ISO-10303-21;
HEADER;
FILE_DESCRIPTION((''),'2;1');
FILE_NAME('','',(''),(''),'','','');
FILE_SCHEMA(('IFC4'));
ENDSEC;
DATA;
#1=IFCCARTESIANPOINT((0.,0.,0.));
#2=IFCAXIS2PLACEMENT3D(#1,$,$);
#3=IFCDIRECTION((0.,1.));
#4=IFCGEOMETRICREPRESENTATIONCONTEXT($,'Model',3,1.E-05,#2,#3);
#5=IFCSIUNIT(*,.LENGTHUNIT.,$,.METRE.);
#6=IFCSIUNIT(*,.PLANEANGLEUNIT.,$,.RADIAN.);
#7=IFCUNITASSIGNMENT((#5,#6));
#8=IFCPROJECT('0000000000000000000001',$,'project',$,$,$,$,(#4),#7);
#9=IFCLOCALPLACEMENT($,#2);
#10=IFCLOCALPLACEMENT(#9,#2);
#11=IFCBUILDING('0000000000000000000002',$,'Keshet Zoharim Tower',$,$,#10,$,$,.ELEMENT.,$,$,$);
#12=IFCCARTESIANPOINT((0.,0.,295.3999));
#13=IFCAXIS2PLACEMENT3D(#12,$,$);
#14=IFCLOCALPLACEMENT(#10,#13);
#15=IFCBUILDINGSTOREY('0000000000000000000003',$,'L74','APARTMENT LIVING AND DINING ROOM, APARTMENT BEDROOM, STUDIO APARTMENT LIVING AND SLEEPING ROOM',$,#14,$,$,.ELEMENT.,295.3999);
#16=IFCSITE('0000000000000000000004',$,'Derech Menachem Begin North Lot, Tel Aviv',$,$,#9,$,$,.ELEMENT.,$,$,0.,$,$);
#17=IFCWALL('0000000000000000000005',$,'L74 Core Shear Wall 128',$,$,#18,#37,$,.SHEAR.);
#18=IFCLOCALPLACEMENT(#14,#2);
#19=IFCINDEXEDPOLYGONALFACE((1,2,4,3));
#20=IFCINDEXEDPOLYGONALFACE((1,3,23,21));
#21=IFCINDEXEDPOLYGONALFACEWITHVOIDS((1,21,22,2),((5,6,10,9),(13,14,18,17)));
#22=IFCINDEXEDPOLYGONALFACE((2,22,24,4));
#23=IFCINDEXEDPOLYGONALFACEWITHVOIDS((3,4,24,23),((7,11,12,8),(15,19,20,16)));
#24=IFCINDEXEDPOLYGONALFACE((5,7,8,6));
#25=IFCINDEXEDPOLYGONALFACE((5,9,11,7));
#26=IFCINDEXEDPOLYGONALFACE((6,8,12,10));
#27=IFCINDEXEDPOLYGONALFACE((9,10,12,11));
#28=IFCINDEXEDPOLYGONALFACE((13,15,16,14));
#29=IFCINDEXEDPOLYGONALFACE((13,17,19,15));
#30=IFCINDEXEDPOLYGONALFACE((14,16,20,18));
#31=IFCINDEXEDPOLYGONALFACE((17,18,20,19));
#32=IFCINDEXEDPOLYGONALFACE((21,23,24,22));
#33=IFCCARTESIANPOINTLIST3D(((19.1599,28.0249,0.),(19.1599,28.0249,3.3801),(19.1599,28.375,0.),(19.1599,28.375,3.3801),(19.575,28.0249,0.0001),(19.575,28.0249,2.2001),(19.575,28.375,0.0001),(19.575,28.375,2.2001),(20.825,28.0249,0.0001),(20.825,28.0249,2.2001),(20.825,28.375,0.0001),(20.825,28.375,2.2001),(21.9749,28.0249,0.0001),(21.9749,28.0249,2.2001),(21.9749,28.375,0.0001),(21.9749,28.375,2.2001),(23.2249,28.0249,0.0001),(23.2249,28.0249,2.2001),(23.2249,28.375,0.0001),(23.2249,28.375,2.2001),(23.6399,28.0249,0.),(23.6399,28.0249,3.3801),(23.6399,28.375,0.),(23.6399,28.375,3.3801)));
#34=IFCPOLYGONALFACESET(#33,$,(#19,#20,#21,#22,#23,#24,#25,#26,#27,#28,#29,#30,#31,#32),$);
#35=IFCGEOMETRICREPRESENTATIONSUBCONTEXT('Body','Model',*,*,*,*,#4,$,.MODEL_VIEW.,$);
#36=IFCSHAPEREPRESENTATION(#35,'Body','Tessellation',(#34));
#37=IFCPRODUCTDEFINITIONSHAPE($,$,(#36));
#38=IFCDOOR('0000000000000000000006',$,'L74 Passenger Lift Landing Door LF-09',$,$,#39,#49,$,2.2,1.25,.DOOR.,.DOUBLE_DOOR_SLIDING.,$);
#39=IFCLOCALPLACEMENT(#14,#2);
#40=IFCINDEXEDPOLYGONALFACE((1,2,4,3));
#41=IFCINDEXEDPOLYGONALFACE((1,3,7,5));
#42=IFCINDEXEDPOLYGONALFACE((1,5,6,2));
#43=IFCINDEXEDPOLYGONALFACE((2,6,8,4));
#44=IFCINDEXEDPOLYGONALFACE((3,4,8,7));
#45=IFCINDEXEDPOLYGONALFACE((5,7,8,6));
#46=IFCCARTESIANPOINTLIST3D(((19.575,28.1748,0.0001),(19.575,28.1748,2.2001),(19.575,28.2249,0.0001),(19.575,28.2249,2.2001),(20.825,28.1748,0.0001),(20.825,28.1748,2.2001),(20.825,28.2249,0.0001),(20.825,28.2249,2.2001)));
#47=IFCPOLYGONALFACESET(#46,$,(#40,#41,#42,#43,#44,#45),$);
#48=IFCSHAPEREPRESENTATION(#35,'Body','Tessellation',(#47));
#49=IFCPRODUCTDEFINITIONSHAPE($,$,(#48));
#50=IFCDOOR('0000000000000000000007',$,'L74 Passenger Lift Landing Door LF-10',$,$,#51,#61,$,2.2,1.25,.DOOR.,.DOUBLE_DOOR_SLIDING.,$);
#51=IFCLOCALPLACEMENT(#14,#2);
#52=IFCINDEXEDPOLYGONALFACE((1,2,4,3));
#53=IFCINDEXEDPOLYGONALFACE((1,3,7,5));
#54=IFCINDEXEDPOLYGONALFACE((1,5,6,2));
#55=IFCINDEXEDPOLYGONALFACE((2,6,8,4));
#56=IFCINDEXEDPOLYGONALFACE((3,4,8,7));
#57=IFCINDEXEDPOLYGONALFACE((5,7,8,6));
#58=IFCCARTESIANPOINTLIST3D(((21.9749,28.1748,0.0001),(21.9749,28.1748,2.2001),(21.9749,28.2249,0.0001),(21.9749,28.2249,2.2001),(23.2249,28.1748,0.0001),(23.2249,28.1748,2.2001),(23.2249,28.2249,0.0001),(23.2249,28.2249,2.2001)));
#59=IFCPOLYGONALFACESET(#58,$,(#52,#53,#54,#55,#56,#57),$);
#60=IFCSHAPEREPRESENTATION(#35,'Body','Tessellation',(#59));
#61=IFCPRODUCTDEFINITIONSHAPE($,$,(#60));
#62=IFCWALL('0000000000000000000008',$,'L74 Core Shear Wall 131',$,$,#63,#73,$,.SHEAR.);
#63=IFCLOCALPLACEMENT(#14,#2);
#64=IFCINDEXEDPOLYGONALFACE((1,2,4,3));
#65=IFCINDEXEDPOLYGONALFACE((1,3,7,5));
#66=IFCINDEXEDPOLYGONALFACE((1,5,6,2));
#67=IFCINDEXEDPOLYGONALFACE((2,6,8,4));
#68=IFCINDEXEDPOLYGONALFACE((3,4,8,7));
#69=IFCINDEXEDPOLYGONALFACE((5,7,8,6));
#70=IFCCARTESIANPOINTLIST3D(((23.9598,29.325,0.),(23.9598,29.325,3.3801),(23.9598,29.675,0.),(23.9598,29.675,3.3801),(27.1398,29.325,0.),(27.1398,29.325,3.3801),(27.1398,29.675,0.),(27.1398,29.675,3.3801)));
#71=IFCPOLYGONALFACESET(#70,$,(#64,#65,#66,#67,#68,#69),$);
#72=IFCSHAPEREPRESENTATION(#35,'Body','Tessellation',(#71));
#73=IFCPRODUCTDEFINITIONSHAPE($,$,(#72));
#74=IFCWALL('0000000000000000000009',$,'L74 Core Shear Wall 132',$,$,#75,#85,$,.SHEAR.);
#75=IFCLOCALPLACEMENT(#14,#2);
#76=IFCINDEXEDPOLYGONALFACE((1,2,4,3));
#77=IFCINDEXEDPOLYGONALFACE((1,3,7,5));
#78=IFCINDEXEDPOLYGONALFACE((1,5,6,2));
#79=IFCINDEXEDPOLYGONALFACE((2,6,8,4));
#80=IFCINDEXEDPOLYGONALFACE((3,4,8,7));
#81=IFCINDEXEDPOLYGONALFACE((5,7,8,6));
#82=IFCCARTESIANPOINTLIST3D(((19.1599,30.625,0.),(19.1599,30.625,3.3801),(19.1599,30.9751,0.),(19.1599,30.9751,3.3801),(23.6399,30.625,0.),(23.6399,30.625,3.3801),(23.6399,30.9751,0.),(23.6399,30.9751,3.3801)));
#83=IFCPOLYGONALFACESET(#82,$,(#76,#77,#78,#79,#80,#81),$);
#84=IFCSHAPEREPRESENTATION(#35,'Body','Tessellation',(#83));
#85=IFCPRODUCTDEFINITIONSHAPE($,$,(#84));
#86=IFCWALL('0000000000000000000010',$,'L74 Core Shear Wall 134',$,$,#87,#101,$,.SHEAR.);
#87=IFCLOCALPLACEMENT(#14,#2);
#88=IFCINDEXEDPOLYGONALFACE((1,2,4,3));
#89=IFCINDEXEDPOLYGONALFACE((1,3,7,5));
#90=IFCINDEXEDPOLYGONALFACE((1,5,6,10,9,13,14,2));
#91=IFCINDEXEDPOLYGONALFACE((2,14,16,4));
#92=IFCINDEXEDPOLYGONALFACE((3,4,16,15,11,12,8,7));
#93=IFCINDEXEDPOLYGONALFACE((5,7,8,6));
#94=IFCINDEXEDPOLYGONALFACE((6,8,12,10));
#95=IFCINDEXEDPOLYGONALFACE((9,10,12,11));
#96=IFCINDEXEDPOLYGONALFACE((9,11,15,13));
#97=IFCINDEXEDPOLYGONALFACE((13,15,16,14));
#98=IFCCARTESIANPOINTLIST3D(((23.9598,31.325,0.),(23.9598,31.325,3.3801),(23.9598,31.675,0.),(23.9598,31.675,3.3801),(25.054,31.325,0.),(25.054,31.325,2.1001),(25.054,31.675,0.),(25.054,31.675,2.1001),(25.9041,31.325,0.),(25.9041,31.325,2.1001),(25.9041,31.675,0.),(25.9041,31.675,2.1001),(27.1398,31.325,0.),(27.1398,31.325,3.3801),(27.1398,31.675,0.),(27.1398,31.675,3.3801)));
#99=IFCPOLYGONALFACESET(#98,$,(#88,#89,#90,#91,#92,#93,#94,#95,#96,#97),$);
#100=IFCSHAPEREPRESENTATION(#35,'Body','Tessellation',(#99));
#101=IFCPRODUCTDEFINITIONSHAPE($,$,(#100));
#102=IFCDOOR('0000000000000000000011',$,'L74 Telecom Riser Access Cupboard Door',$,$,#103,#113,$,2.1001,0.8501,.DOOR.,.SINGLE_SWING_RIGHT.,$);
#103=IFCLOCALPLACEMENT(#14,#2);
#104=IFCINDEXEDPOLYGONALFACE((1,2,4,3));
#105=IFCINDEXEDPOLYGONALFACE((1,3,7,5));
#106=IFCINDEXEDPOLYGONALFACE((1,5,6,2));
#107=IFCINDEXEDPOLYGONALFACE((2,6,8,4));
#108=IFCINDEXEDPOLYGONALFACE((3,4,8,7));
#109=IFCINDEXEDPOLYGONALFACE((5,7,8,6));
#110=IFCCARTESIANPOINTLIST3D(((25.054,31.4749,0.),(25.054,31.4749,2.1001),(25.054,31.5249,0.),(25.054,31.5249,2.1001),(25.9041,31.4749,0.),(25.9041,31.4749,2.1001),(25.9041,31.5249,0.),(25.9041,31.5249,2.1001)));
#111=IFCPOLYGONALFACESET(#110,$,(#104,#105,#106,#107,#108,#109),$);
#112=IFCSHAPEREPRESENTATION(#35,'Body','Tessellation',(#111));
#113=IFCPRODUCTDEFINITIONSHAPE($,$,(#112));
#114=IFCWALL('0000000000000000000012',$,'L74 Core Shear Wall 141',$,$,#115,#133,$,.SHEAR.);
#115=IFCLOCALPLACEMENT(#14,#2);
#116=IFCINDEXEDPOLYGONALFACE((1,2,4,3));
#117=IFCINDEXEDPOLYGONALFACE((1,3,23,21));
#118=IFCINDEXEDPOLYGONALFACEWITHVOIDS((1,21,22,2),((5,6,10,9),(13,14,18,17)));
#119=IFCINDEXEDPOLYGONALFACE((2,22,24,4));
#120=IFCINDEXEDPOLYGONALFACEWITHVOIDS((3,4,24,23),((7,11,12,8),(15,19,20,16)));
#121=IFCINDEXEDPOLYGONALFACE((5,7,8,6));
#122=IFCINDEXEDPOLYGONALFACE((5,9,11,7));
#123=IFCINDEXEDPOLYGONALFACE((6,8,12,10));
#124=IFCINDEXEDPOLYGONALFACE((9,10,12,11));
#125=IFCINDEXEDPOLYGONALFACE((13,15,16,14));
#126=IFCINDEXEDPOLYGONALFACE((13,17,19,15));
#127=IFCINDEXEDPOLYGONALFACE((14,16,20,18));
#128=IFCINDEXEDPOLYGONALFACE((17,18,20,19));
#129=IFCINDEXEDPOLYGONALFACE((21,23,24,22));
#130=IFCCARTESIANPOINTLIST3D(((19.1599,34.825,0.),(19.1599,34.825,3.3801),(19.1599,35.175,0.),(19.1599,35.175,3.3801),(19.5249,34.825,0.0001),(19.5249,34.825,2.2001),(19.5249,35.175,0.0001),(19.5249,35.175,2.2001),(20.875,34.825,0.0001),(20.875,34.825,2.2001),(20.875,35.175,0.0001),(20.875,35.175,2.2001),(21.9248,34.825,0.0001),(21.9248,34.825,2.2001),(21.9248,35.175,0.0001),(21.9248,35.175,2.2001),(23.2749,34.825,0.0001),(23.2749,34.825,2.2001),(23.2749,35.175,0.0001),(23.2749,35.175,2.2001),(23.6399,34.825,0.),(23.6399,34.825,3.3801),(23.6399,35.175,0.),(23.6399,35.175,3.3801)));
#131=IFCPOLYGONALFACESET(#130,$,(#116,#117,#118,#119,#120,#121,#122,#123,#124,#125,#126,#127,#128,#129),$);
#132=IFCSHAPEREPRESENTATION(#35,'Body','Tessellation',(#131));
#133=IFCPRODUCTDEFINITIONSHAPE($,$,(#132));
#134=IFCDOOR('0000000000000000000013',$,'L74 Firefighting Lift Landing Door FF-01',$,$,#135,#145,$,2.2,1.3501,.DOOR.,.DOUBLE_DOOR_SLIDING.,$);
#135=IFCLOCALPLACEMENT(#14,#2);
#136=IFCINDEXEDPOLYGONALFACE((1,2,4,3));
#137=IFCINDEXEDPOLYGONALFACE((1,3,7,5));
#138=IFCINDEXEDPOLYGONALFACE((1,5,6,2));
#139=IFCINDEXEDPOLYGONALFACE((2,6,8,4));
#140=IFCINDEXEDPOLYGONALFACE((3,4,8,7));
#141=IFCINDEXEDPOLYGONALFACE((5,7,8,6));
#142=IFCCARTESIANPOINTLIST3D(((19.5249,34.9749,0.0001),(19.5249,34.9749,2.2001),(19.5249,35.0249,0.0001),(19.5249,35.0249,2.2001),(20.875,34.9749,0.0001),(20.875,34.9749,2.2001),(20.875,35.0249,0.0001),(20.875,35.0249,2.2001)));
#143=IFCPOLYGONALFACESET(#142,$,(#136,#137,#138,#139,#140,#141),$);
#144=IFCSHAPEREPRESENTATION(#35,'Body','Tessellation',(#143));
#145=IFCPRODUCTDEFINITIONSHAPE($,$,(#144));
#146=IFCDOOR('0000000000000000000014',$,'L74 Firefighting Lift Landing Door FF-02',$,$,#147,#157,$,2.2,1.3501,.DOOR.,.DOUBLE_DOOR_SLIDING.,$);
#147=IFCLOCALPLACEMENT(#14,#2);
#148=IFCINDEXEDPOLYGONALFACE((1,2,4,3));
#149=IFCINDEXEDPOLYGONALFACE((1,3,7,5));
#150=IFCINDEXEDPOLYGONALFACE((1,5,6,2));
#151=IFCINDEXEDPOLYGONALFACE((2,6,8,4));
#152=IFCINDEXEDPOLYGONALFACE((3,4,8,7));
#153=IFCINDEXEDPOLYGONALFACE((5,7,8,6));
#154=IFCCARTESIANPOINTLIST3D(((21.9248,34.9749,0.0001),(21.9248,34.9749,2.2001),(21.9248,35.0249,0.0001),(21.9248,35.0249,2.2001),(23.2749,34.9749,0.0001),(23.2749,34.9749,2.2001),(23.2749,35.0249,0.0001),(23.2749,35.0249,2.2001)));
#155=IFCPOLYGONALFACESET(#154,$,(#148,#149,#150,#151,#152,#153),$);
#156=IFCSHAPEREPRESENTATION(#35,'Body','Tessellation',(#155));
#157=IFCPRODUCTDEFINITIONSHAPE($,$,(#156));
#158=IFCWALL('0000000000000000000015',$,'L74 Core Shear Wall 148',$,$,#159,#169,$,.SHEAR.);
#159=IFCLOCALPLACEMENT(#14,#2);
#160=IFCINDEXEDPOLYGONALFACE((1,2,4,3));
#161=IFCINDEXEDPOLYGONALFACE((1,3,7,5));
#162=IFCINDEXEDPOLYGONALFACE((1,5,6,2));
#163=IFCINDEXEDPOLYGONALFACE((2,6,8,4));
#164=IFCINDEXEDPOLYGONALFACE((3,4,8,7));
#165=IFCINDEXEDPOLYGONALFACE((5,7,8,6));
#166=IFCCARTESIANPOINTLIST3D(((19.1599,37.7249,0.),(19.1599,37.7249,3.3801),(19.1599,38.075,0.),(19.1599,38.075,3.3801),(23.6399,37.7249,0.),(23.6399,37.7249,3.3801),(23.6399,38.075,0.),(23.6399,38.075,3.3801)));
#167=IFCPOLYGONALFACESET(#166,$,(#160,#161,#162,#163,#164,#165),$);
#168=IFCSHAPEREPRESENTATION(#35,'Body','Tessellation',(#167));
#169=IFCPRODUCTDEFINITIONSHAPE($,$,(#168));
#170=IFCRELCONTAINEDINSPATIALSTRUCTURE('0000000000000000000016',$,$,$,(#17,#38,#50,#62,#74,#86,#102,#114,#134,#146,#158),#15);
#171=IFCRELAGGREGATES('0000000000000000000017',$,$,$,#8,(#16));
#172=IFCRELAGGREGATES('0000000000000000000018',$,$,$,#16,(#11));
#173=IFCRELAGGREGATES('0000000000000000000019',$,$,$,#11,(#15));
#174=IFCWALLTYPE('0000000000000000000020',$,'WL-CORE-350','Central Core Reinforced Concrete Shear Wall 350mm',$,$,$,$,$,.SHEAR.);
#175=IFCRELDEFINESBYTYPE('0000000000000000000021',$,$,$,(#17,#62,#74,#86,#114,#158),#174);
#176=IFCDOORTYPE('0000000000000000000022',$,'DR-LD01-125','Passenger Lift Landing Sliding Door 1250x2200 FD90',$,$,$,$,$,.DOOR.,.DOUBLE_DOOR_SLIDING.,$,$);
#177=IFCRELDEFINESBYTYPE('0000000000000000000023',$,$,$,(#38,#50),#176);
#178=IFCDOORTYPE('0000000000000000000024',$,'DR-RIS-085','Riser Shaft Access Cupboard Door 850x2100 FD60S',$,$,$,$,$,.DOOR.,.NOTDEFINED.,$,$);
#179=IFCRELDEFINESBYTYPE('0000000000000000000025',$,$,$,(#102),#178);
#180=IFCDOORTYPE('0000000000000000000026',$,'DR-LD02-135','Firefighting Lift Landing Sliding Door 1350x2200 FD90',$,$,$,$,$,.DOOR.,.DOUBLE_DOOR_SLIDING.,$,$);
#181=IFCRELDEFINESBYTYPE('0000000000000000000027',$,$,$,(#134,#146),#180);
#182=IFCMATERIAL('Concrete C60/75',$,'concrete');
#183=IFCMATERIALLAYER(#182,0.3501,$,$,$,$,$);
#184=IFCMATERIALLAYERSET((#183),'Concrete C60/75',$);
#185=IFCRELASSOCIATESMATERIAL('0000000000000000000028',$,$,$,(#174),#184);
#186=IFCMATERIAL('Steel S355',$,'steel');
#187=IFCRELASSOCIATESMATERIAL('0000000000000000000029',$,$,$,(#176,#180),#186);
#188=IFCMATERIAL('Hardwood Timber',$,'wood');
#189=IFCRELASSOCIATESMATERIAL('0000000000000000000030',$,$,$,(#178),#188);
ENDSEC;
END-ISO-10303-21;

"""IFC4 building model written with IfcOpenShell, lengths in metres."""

from ifc_helpers import new_model, si_unit, direction, frame, frame_2d, origin, place, context, subcontext, project, spatial, rectangle, extrude, material, layer, layer_set, type_object, element, fill, save


model = new_model("IFC4")

# Units and contexts
model_context = context("Model", 3, precision=1e-05, world=origin(), true_north=direction((0.0, 1.0)))
body_context = subcontext(model_context, "Body", "Model", "MODEL_VIEW")
ifc_project = project(units=[si_unit("LENGTHUNIT", "METRE"), si_unit("PLANEANGLEUNIT", "RADIAN")], contexts=[model_context])

# Site, building, storey
site_placement = place(None, origin())
site = spatial("IfcSite", under=ifc_project, at=site_placement, Name="Derech Menachem Begin North Lot, Tel Aviv", CompositionType="ELEMENT", RefElevation=0.0)
building_placement = place(site_placement, origin())
building = spatial("IfcBuilding", under=site, at=building_placement, Name="Keshet Zoharim Tower", CompositionType="ELEMENT")
storey_placement = place(building_placement, frame((0.0, 0.0, 295.3999)))
storey = spatial("IfcBuildingStorey", under=building, at=storey_placement, Name="L74", Description="APARTMENT LIVING AND DINING ROOM, APARTMENT BEDROOM, STUDIO APARTMENT LIVING AND SLEEPING ROOM", CompositionType="ELEMENT", Elevation=295.3999)

# Shared definitions
ifc_material_1 = material(Name="Steel S355", Category="steel")

# Shared definitions
ifc_material_2 = material(Name="Concrete C60/75", Category="concrete")
ifc_layer_1 = layer(ifc_material_2, 0.3501)
ifc_layer_set_1 = layer_set([ifc_layer_1], Name="Concrete C60/75")
wall_type_1 = type_object("IfcWallType", Name="WL-CORE-350", Description="Central Core Reinforced Concrete Shear Wall 350mm", PredefinedType="SHEAR", material=ifc_layer_set_1)

# Shared definitions
ifc_material_3 = material(Name="Hardwood Timber", Category="wood")

# Wall, openings, doors
wall_1_placement = place(storey_placement, frame((19.1599, 28.2, 0.0), z_axis=(0.0, 0.0, 1.0), x_axis=(1.0, 0.0, 0.0)))
wall_1 = element("IfcWall", 1, at=wall_1_placement, inside=storey, type_object=wall_type_1, Name="L74 Core Shear Wall 128", PredefinedType="SHEAR", context=body_context, shape_type="SweptSolid", body=[
    extrude(rectangle(XDim=4.48, YDim=0.3501, at=frame_2d((2.24, 0.0))), origin(), (0.0, 0.0, 1.0), 3.3801),
])
opening_1_placement = place(wall_1_placement, frame((0.415, 0.0, 0.0)))
opening_1 = element("IfcOpeningElement", 2, at=opening_1_placement, cuts=wall_1, PredefinedType="OPENING", context=body_context, shape_type="SweptSolid", body=[
    extrude(rectangle(XDim=1.25, YDim=2.2, at=frame_2d((0.625, 1.1001))), frame((0.0, 0.1851, 0.0), z_axis=(0.0, -1.0, 0.0), x_axis=(1.0, 0.0, 0.0)), (0.0, 0.0, 1.0), 0.3701),
])
opening_2_placement = place(wall_1_placement, frame((2.8149, 0.0, 0.0)))
opening_2 = element("IfcOpeningElement", 3, at=opening_2_placement, cuts=wall_1, PredefinedType="OPENING", context=body_context, shape_type="SweptSolid", body=[
    extrude(rectangle(XDim=1.25, YDim=2.2, at=frame_2d((0.625, 1.1001))), frame((0.0, 0.1851, 0.0), z_axis=(0.0, -1.0, 0.0), x_axis=(1.0, 0.0, 0.0)), (0.0, 0.0, 1.0), 0.3701),
])
door_type_1 = type_object("IfcDoorType", Name="DR-LD01-125", Description="Passenger Lift Landing Sliding Door 1250x2200 FD90", OperationType="DOUBLE_DOOR_SLIDING", PredefinedType="DOOR", material=ifc_material_1)
door_1_placement = place(opening_1_placement, origin())
door_1 = element("IfcDoor", 4, at=door_1_placement, inside=storey, type_object=door_type_1, Name="L74 Passenger Lift Landing Door LF-09", OperationType="DOUBLE_DOOR_SLIDING", OverallHeight=2.2, OverallWidth=1.25, PredefinedType="DOOR", context=body_context, shape_type="SweptSolid", body=[
    extrude(rectangle(XDim=1.25, YDim=2.2, at=frame_2d((0.625, 1.1001))), frame((0.0, 0.0249, 0.0), z_axis=(0.0, -1.0, 0.0), x_axis=(1.0, 0.0, 0.0)), (0.0, 0.0, 1.0), 0.05),
])
fill(opening_1, door_1)
door_2_placement = place(opening_2_placement, origin())
door_2 = element("IfcDoor", 5, at=door_2_placement, inside=storey, type_object=door_type_1, Name="L74 Passenger Lift Landing Door LF-10", OperationType="DOUBLE_DOOR_SLIDING", OverallHeight=2.2, OverallWidth=1.25, PredefinedType="DOOR", context=body_context, shape_type="SweptSolid", body=[
    extrude(rectangle(XDim=1.25, YDim=2.2, at=frame_2d((0.625, 1.1001))), frame((0.0, 0.0249, 0.0), z_axis=(0.0, -1.0, 0.0), x_axis=(1.0, 0.0, 0.0)), (0.0, 0.0, 1.0), 0.05),
])
fill(opening_2, door_2)

# Walls
wall_2_placement = place(storey_placement, frame((23.96, 29.5, 0.0), z_axis=(0.0, 0.0, 1.0), x_axis=(1.0, 0.0, 0.0)))
element("IfcWall", 6, at=wall_2_placement, inside=storey, type_object=wall_type_1, Name="L74 Core Shear Wall 131", PredefinedType="SHEAR", context=body_context, shape_type="SweptSolid", body=[
    extrude(rectangle(XDim=3.1799, YDim=0.3501, at=frame_2d((1.5898, 0.0))), origin(), (0.0, 0.0, 1.0), 3.3801),
])
wall_3_placement = place(storey_placement, frame((19.1599, 30.8, 0.0), z_axis=(0.0, 0.0, 1.0), x_axis=(1.0, 0.0, 0.0)))
element("IfcWall", 7, at=wall_3_placement, inside=storey, type_object=wall_type_1, Name="L74 Core Shear Wall 132", PredefinedType="SHEAR", context=body_context, shape_type="SweptSolid", body=[
    extrude(rectangle(XDim=4.48, YDim=0.3501, at=frame_2d((2.24, 0.0))), origin(), (0.0, 0.0, 1.0), 3.3801),
])

# Wall, opening, door
wall_4_placement = place(storey_placement, frame((23.96, 31.5, 0.0), z_axis=(0.0, 0.0, 1.0), x_axis=(1.0, 0.0, 0.0)))
wall_4 = element("IfcWall", 8, at=wall_4_placement, inside=storey, type_object=wall_type_1, Name="L74 Core Shear Wall 134", PredefinedType="SHEAR", context=body_context, shape_type="SweptSolid", body=[
    extrude(rectangle(XDim=3.1799, YDim=0.3501, at=frame_2d((1.5898, 0.0))), origin(), (0.0, 0.0, 1.0), 3.3801),
])
opening_3_placement = place(wall_4_placement, frame((1.094, 0.0, 0.0)))
opening_3 = element("IfcOpeningElement", 9, at=opening_3_placement, cuts=wall_4, PredefinedType="OPENING", context=body_context, shape_type="SweptSolid", body=[
    extrude(rectangle(XDim=0.8501, YDim=2.1001, at=frame_2d((0.425, 1.05))), frame((0.0, 0.1851, 0.0), z_axis=(0.0, -1.0, 0.0), x_axis=(1.0, 0.0, 0.0)), (0.0, 0.0, 1.0), 0.3701),
])
door_type_2 = type_object("IfcDoorType", Name="DR-RIS-085", Description="Riser Shaft Access Cupboard Door 850x2100 FD60S", OperationType="NOTDEFINED", PredefinedType="DOOR", material=ifc_material_3)
door_3_placement = place(opening_3_placement, origin())
door_3 = element("IfcDoor", 10, at=door_3_placement, inside=storey, type_object=door_type_2, Name="L74 Telecom Riser Access Cupboard Door", OperationType="SINGLE_SWING_RIGHT", OverallHeight=2.1001, OverallWidth=0.8501, PredefinedType="DOOR", context=body_context, shape_type="SweptSolid", body=[
    extrude(rectangle(XDim=0.8501, YDim=2.1001, at=frame_2d((0.425, 1.05))), frame((0.0, 0.0249, 0.0), z_axis=(0.0, -1.0, 0.0), x_axis=(1.0, 0.0, 0.0)), (0.0, 0.0, 1.0), 0.05),
])
fill(opening_3, door_3)

# Wall, openings, doors
wall_5_placement = place(storey_placement, frame((19.1599, 35.0, 0.0), z_axis=(0.0, 0.0, 1.0), x_axis=(1.0, 0.0, 0.0)))
wall_5 = element("IfcWall", 11, at=wall_5_placement, inside=storey, type_object=wall_type_1, Name="L74 Core Shear Wall 141", PredefinedType="SHEAR", context=body_context, shape_type="SweptSolid", body=[
    extrude(rectangle(XDim=4.48, YDim=0.3501, at=frame_2d((2.24, 0.0))), origin(), (0.0, 0.0, 1.0), 3.3801),
])
opening_4_placement = place(wall_5_placement, frame((0.365, 0.0, 0.0)))
opening_4 = element("IfcOpeningElement", 12, at=opening_4_placement, cuts=wall_5, PredefinedType="OPENING", context=body_context, shape_type="SweptSolid", body=[
    extrude(rectangle(XDim=1.3501, YDim=2.2, at=frame_2d((0.675, 1.1001))), frame((0.0, 0.1851, 0.0), z_axis=(0.0, -1.0, 0.0), x_axis=(1.0, 0.0, 0.0)), (0.0, 0.0, 1.0), 0.3701),
])
opening_5_placement = place(wall_5_placement, frame((2.7649, 0.0, 0.0)))
opening_5 = element("IfcOpeningElement", 13, at=opening_5_placement, cuts=wall_5, PredefinedType="OPENING", context=body_context, shape_type="SweptSolid", body=[
    extrude(rectangle(XDim=1.3501, YDim=2.2, at=frame_2d((0.675, 1.1001))), frame((0.0, 0.1851, 0.0), z_axis=(0.0, -1.0, 0.0), x_axis=(1.0, 0.0, 0.0)), (0.0, 0.0, 1.0), 0.3701),
])
door_type_3 = type_object("IfcDoorType", Name="DR-LD02-135", Description="Firefighting Lift Landing Sliding Door 1350x2200 FD90", OperationType="DOUBLE_DOOR_SLIDING", PredefinedType="DOOR", material=ifc_material_1)
door_4_placement = place(opening_4_placement, origin())
door_4 = element("IfcDoor", 14, at=door_4_placement, inside=storey, type_object=door_type_3, Name="L74 Firefighting Lift Landing Door FF-01", OperationType="DOUBLE_DOOR_SLIDING", OverallHeight=2.2, OverallWidth=1.3501, PredefinedType="DOOR", context=body_context, shape_type="SweptSolid", body=[
    extrude(rectangle(XDim=1.3501, YDim=2.2, at=frame_2d((0.675, 1.1001))), frame((0.0, 0.0249, 0.0), z_axis=(0.0, -1.0, 0.0), x_axis=(1.0, 0.0, 0.0)), (0.0, 0.0, 1.0), 0.05),
])
fill(opening_4, door_4)
door_5_placement = place(opening_5_placement, origin())
door_5 = element("IfcDoor", 15, at=door_5_placement, inside=storey, type_object=door_type_3, Name="L74 Firefighting Lift Landing Door FF-02", OperationType="DOUBLE_DOOR_SLIDING", OverallHeight=2.2, OverallWidth=1.3501, PredefinedType="DOOR", context=body_context, shape_type="SweptSolid", body=[
    extrude(rectangle(XDim=1.3501, YDim=2.2, at=frame_2d((0.675, 1.1001))), frame((0.0, 0.0249, 0.0), z_axis=(0.0, -1.0, 0.0), x_axis=(1.0, 0.0, 0.0)), (0.0, 0.0, 1.0), 0.05),
])
fill(opening_5, door_5)

# Wall
wall_6_placement = place(storey_placement, frame((19.1599, 37.8999, 0.0), z_axis=(0.0, 0.0, 1.0), x_axis=(1.0, 0.0, 0.0)))
element("IfcWall", 16, at=wall_6_placement, inside=storey, type_object=wall_type_1, Name="L74 Core Shear Wall 148", PredefinedType="SHEAR", context=body_context, shape_type="SweptSolid", body=[
    extrude(rectangle(XDim=4.48, YDim=0.3501, at=frame_2d((2.24, 0.0))), origin(), (0.0, 0.0, 1.0), 3.3801),
])

save(model, "model.ifc")
